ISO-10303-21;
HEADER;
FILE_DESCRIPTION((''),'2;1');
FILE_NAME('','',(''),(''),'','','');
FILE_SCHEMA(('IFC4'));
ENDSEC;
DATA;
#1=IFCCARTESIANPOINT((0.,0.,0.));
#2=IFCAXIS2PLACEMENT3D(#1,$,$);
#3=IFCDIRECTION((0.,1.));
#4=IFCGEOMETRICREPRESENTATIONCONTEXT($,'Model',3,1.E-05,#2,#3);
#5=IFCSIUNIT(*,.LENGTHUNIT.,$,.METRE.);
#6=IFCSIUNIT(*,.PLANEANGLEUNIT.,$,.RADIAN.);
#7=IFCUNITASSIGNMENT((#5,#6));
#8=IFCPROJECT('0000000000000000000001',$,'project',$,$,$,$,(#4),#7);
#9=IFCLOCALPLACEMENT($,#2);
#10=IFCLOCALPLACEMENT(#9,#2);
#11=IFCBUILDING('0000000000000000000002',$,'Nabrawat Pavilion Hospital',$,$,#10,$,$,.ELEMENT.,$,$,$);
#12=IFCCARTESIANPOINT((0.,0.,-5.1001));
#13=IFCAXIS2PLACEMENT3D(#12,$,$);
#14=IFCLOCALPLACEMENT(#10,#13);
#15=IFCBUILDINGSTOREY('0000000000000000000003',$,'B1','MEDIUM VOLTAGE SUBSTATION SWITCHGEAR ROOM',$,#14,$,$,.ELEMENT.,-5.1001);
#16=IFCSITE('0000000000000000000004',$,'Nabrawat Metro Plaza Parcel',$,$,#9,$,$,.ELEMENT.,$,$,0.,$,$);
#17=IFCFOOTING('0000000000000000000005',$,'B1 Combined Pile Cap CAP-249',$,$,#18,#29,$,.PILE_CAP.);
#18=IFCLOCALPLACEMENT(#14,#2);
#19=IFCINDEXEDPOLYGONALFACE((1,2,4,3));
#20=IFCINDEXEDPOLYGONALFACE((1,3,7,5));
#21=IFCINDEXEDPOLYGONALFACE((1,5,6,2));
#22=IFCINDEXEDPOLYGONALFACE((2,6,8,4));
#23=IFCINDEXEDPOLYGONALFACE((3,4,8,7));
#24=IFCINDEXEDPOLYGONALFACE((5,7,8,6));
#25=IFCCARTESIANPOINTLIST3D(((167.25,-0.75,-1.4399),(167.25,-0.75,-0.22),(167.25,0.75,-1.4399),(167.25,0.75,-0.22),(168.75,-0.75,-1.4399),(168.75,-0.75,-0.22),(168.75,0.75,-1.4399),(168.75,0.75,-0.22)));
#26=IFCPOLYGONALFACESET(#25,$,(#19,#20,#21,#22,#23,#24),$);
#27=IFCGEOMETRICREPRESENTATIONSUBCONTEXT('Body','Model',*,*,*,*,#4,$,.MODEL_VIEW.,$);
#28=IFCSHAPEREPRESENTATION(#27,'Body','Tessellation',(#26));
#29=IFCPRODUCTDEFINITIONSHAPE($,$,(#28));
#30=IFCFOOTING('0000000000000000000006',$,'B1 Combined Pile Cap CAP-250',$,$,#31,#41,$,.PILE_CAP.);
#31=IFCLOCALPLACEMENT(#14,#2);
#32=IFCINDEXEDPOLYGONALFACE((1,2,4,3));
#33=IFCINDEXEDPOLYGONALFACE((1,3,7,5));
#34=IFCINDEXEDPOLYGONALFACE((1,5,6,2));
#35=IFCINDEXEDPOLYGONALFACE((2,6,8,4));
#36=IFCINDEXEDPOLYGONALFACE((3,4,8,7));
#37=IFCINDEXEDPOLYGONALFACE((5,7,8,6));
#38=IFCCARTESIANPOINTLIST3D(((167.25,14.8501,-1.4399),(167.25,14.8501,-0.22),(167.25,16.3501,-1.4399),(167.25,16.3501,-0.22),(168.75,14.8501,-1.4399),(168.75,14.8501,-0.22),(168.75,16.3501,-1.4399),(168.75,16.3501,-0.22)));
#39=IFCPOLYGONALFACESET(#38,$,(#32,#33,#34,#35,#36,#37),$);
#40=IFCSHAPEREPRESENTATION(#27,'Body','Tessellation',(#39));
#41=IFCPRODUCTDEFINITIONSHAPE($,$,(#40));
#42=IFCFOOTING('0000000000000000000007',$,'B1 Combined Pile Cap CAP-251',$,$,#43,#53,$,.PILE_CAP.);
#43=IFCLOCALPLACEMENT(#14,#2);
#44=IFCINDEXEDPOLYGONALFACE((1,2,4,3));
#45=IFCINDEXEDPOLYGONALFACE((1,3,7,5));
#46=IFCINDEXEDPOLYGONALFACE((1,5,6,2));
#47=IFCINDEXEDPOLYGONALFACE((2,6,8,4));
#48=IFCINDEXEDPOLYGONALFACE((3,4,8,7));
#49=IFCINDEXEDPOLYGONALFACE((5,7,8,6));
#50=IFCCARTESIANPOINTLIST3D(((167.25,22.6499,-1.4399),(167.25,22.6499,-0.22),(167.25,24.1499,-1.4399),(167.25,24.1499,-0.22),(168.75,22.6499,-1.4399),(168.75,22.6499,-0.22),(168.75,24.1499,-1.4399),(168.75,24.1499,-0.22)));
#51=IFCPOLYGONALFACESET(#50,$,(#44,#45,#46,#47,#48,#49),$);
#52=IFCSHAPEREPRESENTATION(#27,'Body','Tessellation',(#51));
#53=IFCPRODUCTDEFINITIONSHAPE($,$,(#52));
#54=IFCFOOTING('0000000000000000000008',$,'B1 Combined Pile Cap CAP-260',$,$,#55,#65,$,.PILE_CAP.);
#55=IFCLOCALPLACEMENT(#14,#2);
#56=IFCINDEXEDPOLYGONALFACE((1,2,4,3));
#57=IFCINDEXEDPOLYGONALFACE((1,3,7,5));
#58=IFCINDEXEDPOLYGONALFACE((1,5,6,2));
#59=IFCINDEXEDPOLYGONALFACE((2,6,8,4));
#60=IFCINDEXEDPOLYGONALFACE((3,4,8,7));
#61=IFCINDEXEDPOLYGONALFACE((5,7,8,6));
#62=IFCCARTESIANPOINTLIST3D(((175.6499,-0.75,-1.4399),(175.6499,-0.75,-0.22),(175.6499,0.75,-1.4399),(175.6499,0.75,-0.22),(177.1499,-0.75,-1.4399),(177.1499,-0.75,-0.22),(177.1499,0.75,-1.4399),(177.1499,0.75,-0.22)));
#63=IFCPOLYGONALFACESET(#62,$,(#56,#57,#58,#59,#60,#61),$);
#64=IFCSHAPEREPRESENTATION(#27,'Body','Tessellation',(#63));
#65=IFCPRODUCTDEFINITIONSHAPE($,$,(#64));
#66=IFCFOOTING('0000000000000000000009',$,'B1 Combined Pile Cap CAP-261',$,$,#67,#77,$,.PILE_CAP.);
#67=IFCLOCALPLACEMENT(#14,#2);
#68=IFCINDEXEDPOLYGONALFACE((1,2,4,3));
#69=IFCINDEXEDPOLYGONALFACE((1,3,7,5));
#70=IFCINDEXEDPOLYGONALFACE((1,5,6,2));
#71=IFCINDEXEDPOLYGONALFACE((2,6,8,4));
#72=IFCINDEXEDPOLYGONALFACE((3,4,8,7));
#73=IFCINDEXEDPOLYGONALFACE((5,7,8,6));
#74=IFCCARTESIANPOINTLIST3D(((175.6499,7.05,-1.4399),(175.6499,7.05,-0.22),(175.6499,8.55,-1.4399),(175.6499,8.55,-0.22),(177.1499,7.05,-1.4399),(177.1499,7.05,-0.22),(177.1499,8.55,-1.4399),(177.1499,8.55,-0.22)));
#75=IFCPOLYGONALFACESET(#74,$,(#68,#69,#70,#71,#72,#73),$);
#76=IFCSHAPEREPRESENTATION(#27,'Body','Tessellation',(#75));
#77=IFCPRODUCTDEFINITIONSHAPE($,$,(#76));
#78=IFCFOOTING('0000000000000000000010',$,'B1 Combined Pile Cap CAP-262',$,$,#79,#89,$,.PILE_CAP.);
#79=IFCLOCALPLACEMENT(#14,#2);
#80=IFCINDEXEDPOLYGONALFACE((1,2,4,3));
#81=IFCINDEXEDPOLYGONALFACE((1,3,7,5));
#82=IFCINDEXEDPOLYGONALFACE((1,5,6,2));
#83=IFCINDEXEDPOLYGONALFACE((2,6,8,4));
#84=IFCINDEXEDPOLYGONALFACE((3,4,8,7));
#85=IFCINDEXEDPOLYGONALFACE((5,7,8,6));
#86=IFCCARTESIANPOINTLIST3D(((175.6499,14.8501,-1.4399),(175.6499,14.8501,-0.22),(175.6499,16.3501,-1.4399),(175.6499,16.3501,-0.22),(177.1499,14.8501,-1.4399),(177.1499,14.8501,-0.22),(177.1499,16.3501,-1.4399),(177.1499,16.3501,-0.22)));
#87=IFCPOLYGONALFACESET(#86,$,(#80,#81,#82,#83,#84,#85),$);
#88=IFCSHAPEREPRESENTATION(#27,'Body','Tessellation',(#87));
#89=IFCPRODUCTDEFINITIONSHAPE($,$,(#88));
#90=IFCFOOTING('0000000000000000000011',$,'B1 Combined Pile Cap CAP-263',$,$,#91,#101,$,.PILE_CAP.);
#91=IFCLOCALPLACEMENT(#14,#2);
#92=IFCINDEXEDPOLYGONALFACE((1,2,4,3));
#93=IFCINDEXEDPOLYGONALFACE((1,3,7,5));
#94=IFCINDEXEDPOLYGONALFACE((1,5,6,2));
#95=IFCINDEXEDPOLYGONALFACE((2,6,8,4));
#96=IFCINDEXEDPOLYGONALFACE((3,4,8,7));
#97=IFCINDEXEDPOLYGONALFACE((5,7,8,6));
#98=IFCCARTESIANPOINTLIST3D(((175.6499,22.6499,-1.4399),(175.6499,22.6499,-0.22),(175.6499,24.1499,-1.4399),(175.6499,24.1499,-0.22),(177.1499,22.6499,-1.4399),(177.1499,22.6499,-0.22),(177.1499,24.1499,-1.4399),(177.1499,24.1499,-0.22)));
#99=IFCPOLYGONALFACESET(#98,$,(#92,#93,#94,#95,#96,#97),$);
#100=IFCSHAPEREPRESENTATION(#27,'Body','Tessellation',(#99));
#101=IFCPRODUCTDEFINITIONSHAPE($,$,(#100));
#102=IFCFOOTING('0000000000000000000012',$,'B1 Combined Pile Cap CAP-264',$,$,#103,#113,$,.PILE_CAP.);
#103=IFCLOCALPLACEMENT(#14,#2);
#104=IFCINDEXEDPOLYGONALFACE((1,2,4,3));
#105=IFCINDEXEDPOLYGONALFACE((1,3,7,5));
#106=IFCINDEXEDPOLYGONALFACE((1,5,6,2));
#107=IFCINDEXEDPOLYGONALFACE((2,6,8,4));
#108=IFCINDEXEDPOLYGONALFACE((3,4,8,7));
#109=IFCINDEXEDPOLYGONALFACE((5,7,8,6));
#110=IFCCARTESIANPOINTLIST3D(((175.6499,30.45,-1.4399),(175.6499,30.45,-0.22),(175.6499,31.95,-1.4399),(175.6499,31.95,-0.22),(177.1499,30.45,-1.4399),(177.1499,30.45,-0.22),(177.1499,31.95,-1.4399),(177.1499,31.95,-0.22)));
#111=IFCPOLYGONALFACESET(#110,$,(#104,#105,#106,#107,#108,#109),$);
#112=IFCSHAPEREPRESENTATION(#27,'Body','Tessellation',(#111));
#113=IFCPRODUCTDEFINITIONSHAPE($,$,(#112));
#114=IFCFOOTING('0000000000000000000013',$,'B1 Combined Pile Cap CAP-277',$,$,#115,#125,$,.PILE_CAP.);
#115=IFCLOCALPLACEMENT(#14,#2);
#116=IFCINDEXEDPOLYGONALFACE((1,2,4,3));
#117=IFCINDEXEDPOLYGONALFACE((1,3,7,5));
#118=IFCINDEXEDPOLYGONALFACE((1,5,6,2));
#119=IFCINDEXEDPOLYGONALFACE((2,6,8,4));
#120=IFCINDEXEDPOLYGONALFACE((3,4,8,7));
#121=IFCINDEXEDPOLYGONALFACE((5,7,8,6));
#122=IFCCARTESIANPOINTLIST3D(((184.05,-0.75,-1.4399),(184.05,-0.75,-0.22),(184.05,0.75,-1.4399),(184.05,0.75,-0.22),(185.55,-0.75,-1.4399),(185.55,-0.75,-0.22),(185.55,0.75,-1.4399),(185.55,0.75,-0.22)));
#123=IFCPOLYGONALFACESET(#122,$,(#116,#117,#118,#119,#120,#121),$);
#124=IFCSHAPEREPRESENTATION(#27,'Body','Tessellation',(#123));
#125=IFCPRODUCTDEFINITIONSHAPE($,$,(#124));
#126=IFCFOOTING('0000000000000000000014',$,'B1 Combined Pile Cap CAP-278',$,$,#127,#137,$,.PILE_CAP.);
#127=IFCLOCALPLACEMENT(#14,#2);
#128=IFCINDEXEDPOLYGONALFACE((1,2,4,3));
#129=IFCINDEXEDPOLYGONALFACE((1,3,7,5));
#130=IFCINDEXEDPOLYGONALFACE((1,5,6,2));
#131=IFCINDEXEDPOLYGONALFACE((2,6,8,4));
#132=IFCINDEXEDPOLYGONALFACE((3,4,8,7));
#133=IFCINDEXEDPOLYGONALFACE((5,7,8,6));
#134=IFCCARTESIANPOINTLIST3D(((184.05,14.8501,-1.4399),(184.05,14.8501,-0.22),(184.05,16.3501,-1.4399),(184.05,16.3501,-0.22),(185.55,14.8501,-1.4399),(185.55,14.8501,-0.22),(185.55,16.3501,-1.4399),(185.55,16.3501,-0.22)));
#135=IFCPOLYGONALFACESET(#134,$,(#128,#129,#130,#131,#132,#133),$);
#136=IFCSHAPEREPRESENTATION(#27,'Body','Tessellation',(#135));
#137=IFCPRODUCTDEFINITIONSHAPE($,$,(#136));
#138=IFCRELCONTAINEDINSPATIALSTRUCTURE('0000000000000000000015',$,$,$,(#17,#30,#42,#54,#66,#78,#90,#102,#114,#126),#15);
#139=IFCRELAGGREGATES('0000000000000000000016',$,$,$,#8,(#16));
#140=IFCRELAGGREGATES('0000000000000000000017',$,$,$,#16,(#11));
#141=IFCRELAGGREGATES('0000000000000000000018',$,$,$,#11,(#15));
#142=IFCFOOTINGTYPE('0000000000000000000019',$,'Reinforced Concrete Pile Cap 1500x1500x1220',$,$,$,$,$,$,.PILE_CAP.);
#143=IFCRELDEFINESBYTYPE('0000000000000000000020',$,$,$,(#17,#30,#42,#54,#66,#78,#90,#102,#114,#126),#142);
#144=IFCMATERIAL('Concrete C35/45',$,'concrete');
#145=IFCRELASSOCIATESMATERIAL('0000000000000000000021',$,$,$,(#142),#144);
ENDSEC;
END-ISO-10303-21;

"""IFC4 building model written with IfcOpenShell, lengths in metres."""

from ifc_helpers import new_model, si_unit, direction, frame, origin, place, context, subcontext, project, spatial, polyline, outline, extrude, material, type_object, element, save


model = new_model("IFC4")

# Units and contexts
model_context = context("Model", 3, precision=1e-05, world=origin(), true_north=direction((0.0, 1.0)))
body_context = subcontext(model_context, "Body", "Model", "MODEL_VIEW")
ifc_project = project(units=[si_unit("LENGTHUNIT", "METRE"), si_unit("PLANEANGLEUNIT", "RADIAN")], contexts=[model_context])

# Site, building, storey
site_placement = place(None, origin())
site = spatial("IfcSite", under=ifc_project, at=site_placement, Name="Nabrawat Metro Plaza Parcel", CompositionType="ELEMENT", RefElevation=0.0)
building_placement = place(site_placement, origin())
building = spatial("IfcBuilding", under=site, at=building_placement, Name="Nabrawat Pavilion Hospital", CompositionType="ELEMENT")
storey_placement = place(building_placement, frame((0.0, 0.0, -5.1001)))
storey = spatial("IfcBuildingStorey", under=building, at=storey_placement, Name="B1", Description="MEDIUM VOLTAGE SUBSTATION SWITCHGEAR ROOM", CompositionType="ELEMENT", Elevation=-5.1001)

# Footings
ifc_material = material(Name="Concrete C35/45", Category="concrete")
footing_type = type_object("IfcFootingType", Name="Reinforced Concrete Pile Cap 1500x1500x1220", PredefinedType="PILE_CAP", material=ifc_material)
footing_1_placement = place(storey_placement, frame((0.0, 0.0, -1.4399)))
element("IfcFooting", 1, at=footing_1_placement, inside=storey, type_object=footing_type, Name="B1 Combined Pile Cap CAP-249", PredefinedType="PILE_CAP", context=body_context, shape_type="SweptSolid", body=[
    extrude(outline(polyline([(168.75, -0.75), (168.75, 0.75), (167.25, 0.75), (167.25, -0.75), (168.75, -0.75)])), origin(), (0.0, 0.0, 1.0), 1.22),
])
footing_2_placement = place(storey_placement, frame((0.0, 0.0, -1.4399)))
element("IfcFooting", 2, at=footing_2_placement, inside=storey, type_object=footing_type, Name="B1 Combined Pile Cap CAP-250", PredefinedType="PILE_CAP", context=body_context, shape_type="SweptSolid", body=[
    extrude(outline(polyline([(168.75, 14.8501), (168.75, 16.3501), (167.25, 16.3501), (167.25, 14.8501), (168.75, 14.8501)])), origin(), (0.0, 0.0, 1.0), 1.22),
])
footing_3_placement = place(storey_placement, frame((0.0, 0.0, -1.4399)))
element("IfcFooting", 3, at=footing_3_placement, inside=storey, type_object=footing_type, Name="B1 Combined Pile Cap CAP-251", PredefinedType="PILE_CAP", context=body_context, shape_type="SweptSolid", body=[
    extrude(outline(polyline([(168.75, 22.6499), (168.75, 24.1499), (167.25, 24.1499), (167.25, 22.6499), (168.75, 22.6499)])), origin(), (0.0, 0.0, 1.0), 1.22),
])
footing_4_placement = place(storey_placement, frame((0.0, 0.0, -1.4399)))
element("IfcFooting", 4, at=footing_4_placement, inside=storey, type_object=footing_type, Name="B1 Combined Pile Cap CAP-260", PredefinedType="PILE_CAP", context=body_context, shape_type="SweptSolid", body=[
    extrude(outline(polyline([(177.1499, -0.75), (177.1499, 0.75), (175.6499, 0.75), (175.6499, -0.75), (177.1499, -0.75)])), origin(), (0.0, 0.0, 1.0), 1.22),
])
footing_5_placement = place(storey_placement, frame((0.0, 0.0, -1.4399)))
element("IfcFooting", 5, at=footing_5_placement, inside=storey, type_object=footing_type, Name="B1 Combined Pile Cap CAP-261", PredefinedType="PILE_CAP", context=body_context, shape_type="SweptSolid", body=[
    extrude(outline(polyline([(177.1499, 7.05), (177.1499, 8.55), (175.6499, 8.55), (175.6499, 7.05), (177.1499, 7.05)])), origin(), (0.0, 0.0, 1.0), 1.22),
])
footing_6_placement = place(storey_placement, frame((0.0, 0.0, -1.4399)))
element("IfcFooting", 6, at=footing_6_placement, inside=storey, type_object=footing_type, Name="B1 Combined Pile Cap CAP-262", PredefinedType="PILE_CAP", context=body_context, shape_type="SweptSolid", body=[
    extrude(outline(polyline([(177.1499, 14.8501), (177.1499, 16.3501), (175.6499, 16.3501), (175.6499, 14.8501), (177.1499, 14.8501)])), origin(), (0.0, 0.0, 1.0), 1.22),
])
footing_7_placement = place(storey_placement, frame((0.0, 0.0, -1.4399)))
element("IfcFooting", 7, at=footing_7_placement, inside=storey, type_object=footing_type, Name="B1 Combined Pile Cap CAP-263", PredefinedType="PILE_CAP", context=body_context, shape_type="SweptSolid", body=[
    extrude(outline(polyline([(177.1499, 22.6499), (177.1499, 24.1499), (175.6499, 24.1499), (175.6499, 22.6499), (177.1499, 22.6499)])), origin(), (0.0, 0.0, 1.0), 1.22),
])
footing_8_placement = place(storey_placement, frame((0.0, 0.0, -1.4399)))
element("IfcFooting", 8, at=footing_8_placement, inside=storey, type_object=footing_type, Name="B1 Combined Pile Cap CAP-264", PredefinedType="PILE_CAP", context=body_context, shape_type="SweptSolid", body=[
    extrude(outline(polyline([(177.1499, 30.45), (177.1499, 31.95), (175.6499, 31.95), (175.6499, 30.45), (177.1499, 30.45)])), origin(), (0.0, 0.0, 1.0), 1.22),
])
footing_9_placement = place(storey_placement, frame((0.0, 0.0, -1.4399)))
element("IfcFooting", 9, at=footing_9_placement, inside=storey, type_object=footing_type, Name="B1 Combined Pile Cap CAP-277", PredefinedType="PILE_CAP", context=body_context, shape_type="SweptSolid", body=[
    extrude(outline(polyline([(185.55, -0.75), (185.55, 0.75), (184.05, 0.75), (184.05, -0.75), (185.55, -0.75)])), origin(), (0.0, 0.0, 1.0), 1.22),
])
footing_10_placement = place(storey_placement, frame((0.0, 0.0, -1.4399)))
element("IfcFooting", 10, at=footing_10_placement, inside=storey, type_object=footing_type, Name="B1 Combined Pile Cap CAP-278", PredefinedType="PILE_CAP", context=body_context, shape_type="SweptSolid", body=[
    extrude(outline(polyline([(185.55, 14.8501), (185.55, 16.3501), (184.05, 16.3501), (184.05, 14.8501), (185.55, 14.8501)])), origin(), (0.0, 0.0, 1.0), 1.22),
])

save(model, "model.ifc")
